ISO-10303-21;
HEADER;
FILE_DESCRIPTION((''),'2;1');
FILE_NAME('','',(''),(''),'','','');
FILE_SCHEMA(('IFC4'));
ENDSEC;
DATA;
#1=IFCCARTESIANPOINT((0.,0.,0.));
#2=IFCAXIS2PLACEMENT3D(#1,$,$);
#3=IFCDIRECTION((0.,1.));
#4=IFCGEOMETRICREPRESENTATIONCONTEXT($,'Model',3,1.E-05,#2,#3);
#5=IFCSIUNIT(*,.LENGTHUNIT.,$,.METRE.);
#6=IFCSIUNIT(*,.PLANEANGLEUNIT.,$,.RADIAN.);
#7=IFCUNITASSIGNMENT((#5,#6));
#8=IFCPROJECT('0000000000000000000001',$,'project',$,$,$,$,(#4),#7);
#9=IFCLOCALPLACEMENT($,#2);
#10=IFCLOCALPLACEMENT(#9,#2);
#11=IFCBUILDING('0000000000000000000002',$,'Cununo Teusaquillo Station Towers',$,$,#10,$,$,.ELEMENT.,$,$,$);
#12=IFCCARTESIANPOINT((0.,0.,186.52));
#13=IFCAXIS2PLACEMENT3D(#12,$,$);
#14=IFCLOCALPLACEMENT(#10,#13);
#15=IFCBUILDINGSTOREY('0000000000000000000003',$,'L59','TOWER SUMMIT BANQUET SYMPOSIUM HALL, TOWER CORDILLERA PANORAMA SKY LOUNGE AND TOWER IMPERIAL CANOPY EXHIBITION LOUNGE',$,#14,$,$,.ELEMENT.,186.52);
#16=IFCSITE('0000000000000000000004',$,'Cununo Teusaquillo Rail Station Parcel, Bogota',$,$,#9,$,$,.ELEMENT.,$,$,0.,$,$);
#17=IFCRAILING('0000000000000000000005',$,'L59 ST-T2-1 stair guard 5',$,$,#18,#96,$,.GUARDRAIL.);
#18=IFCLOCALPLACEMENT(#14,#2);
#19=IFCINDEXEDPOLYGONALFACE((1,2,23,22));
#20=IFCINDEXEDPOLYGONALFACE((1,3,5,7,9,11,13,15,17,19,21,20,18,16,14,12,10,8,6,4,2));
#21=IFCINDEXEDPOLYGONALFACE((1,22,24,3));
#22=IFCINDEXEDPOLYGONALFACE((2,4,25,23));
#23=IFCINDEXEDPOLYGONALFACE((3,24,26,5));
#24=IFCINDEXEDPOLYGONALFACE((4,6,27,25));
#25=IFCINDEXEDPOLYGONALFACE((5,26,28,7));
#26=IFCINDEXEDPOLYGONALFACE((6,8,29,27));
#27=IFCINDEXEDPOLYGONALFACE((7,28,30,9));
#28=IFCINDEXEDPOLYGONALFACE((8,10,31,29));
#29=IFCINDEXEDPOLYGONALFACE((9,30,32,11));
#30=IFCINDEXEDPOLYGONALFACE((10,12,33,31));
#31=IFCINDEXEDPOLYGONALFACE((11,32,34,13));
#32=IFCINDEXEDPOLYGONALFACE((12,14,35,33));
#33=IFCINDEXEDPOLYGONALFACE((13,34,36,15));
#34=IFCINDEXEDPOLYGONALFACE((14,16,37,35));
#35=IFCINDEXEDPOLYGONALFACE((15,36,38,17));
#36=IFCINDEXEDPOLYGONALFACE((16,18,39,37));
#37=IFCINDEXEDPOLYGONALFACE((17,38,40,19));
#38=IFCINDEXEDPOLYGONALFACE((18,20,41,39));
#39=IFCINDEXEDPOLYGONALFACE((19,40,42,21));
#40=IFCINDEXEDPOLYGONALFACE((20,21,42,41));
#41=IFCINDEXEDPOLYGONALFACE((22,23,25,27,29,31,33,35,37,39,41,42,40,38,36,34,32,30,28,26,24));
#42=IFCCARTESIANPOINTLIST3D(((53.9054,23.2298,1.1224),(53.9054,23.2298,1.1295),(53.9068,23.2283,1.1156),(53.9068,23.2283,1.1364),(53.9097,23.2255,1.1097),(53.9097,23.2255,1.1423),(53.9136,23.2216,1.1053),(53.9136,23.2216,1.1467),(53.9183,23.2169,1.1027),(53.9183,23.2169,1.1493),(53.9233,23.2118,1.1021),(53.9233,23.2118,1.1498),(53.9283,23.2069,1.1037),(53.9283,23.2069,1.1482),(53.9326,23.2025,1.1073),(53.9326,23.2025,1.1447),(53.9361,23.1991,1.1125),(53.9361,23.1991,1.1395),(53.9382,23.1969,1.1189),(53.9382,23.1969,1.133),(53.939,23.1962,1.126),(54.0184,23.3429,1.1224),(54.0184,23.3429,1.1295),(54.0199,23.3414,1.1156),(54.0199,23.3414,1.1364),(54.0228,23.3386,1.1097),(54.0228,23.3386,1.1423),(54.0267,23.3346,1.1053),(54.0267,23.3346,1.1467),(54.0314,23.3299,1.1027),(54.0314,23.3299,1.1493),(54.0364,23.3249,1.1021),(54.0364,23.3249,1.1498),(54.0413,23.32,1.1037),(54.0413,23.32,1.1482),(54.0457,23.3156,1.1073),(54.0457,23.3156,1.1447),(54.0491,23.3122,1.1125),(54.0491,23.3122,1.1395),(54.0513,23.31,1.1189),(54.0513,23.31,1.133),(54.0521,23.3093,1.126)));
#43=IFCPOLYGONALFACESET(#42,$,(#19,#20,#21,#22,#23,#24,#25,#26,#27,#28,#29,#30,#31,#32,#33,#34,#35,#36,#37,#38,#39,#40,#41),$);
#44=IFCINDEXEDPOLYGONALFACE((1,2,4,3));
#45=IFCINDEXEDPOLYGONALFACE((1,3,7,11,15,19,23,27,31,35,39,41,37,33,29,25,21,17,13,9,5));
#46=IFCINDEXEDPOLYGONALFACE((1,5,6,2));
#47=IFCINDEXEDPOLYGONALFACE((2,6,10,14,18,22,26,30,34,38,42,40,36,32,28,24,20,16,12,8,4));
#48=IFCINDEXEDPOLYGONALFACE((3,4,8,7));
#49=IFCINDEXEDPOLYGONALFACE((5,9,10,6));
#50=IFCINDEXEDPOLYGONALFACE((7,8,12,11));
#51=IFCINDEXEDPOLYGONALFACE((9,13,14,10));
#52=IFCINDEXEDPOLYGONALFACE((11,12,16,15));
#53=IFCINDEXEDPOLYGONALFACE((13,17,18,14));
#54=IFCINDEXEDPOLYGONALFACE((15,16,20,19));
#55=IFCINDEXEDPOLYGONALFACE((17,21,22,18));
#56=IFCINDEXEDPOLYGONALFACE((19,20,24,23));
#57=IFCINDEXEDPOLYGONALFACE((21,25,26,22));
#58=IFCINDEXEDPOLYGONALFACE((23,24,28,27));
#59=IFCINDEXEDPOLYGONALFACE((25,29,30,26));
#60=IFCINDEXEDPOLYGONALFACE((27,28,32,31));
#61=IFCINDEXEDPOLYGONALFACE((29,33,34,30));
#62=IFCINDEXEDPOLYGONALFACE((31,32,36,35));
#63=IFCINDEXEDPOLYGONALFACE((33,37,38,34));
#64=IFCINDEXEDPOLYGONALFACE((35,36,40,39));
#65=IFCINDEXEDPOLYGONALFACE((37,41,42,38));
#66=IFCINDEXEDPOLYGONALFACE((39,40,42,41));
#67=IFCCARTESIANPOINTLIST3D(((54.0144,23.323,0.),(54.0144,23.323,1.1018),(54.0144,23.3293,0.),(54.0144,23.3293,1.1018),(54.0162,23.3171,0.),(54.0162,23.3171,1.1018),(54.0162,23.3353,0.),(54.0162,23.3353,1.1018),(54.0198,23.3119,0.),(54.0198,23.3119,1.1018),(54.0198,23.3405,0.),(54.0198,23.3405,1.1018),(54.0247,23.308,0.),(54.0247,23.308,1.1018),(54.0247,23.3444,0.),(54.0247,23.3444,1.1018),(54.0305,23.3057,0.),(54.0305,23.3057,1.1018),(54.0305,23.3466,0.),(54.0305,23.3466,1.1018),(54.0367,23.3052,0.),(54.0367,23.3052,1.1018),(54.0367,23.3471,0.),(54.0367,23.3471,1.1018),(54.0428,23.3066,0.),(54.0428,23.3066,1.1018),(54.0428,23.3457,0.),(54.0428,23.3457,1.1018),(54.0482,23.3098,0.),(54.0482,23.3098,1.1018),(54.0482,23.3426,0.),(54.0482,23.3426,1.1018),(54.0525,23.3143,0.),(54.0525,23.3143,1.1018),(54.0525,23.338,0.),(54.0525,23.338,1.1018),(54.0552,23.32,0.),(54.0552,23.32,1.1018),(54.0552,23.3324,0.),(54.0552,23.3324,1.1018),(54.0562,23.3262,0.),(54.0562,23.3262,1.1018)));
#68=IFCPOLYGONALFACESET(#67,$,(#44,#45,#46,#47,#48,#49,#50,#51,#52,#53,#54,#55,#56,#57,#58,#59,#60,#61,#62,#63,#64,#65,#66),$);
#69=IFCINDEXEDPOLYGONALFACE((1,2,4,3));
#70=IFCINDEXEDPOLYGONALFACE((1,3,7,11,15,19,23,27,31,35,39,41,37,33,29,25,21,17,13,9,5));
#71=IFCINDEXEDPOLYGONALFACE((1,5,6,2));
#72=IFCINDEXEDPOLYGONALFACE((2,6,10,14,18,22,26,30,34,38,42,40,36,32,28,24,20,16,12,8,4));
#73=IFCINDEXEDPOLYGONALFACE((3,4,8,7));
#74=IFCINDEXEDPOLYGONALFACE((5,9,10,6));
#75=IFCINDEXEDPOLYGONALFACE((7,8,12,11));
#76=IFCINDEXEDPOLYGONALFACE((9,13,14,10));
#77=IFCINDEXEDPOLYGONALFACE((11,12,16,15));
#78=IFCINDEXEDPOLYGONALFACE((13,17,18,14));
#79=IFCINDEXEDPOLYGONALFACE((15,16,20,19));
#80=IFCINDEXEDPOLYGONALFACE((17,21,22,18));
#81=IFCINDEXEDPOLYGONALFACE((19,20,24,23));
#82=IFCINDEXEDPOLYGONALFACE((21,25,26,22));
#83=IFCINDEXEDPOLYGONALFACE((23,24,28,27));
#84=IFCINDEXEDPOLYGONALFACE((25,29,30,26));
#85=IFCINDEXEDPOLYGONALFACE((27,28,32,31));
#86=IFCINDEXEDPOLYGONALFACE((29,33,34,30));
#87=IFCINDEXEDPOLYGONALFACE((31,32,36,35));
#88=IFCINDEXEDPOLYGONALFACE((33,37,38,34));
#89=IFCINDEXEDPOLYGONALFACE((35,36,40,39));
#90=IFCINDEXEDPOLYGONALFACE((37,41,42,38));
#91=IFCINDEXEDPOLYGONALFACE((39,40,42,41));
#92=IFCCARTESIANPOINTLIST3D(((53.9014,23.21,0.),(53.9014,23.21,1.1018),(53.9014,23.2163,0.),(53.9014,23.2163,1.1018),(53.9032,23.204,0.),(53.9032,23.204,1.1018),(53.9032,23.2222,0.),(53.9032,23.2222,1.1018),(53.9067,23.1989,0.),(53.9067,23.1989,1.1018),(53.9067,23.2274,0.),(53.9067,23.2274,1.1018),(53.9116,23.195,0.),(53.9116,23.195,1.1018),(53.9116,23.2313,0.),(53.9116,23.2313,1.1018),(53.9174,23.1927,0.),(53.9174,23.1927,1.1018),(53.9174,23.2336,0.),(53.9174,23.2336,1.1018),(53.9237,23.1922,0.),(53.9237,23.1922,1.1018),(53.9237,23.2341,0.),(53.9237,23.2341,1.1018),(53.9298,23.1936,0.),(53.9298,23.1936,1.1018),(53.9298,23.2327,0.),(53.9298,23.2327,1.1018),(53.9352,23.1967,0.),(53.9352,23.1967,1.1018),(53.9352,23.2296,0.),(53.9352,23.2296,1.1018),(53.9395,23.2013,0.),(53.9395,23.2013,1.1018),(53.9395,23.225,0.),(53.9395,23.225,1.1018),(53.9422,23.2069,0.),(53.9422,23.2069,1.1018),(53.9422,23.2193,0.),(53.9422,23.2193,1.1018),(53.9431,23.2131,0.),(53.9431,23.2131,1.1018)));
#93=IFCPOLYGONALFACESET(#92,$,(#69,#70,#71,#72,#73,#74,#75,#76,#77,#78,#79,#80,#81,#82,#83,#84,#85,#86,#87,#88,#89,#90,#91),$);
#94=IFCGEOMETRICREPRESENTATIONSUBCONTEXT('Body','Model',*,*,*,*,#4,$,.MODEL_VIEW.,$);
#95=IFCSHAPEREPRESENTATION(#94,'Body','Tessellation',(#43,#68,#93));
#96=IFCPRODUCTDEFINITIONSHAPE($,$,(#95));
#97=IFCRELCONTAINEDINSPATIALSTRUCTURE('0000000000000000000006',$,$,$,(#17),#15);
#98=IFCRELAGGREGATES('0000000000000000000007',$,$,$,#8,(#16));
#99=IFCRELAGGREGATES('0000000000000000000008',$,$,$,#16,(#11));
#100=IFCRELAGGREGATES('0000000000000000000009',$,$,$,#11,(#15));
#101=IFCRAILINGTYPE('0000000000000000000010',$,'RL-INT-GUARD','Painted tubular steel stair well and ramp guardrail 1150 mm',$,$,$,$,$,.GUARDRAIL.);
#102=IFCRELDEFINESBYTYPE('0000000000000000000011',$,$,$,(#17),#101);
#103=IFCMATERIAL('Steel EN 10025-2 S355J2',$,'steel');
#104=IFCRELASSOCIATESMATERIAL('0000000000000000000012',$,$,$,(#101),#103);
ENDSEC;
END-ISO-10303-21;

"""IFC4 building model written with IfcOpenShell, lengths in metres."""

from ifc_helpers import new_model, si_unit, direction, frame, origin, origin_2d, place, context, subcontext, project, spatial, circle, extrude, material, type_object, element, save


model = new_model("IFC4")

# Units and contexts
model_context = context("Model", 3, precision=1e-05, world=origin(), true_north=direction((0.0, 1.0)))
body_context = subcontext(model_context, "Body", "Model", "MODEL_VIEW")
ifc_project = project(units=[si_unit("LENGTHUNIT", "METRE"), si_unit("PLANEANGLEUNIT", "RADIAN")], contexts=[model_context])

# Site, building, storey
site_placement = place(None, origin())
site = spatial("IfcSite", under=ifc_project, at=site_placement, Name="Cununo Teusaquillo Rail Station Parcel, Bogota", CompositionType="ELEMENT", RefElevation=0.0)
building_placement = place(site_placement, origin())
building = spatial("IfcBuilding", under=site, at=building_placement, Name="Cununo Teusaquillo Station Towers", CompositionType="ELEMENT")
storey_placement = place(building_placement, frame((0.0, 0.0, 186.52)))
storey = spatial("IfcBuildingStorey", under=building, at=storey_placement, Name="L59", Description="TOWER SUMMIT BANQUET SYMPOSIUM HALL, TOWER CORDILLERA PANORAMA SKY LOUNGE AND TOWER IMPERIAL CANOPY EXHIBITION LOUNGE", CompositionType="ELEMENT", Elevation=186.52)

# Railing
ifc_material_1 = material(Name="Steel EN 10025-2 S355J2", Category="steel")
railing_type_1 = type_object("IfcRailingType", Name="RL-INT-GUARD", Description="Painted tubular steel stair well and ramp guardrail 1150 mm", PredefinedType="GUARDRAIL", material=ifc_material_1)
railing_1_placement = place(storey_placement, frame((54.0352, 23.3262, 0.0)))
element("IfcRailing", 1, at=railing_1_placement, inside=storey, type_object=railing_type_1, Name="L59 ST-T2-1 stair guard 5", PredefinedType="GUARDRAIL", context=body_context, shape_type="SweptSolid", body=[
    extrude(circle(Radius=0.0239, at=origin_2d()), frame((0.0, 0.0, 1.126), z_axis=(-0.707107, -0.707107, 0.0), x_axis=(0.707107, -0.707107, 0.0)), (0.0, 0.0, 1.0), 0.1599),
    extrude(circle(Radius=0.021, at=origin_2d()), origin(), (0.0, 0.0, 1.0), 1.1018),
    extrude(circle(Radius=0.021, at=origin_2d()), frame((-0.113, -0.113, 0.0)), (0.0, 0.0, 1.0), 1.1018),
])

save(model, "model.ifc")
